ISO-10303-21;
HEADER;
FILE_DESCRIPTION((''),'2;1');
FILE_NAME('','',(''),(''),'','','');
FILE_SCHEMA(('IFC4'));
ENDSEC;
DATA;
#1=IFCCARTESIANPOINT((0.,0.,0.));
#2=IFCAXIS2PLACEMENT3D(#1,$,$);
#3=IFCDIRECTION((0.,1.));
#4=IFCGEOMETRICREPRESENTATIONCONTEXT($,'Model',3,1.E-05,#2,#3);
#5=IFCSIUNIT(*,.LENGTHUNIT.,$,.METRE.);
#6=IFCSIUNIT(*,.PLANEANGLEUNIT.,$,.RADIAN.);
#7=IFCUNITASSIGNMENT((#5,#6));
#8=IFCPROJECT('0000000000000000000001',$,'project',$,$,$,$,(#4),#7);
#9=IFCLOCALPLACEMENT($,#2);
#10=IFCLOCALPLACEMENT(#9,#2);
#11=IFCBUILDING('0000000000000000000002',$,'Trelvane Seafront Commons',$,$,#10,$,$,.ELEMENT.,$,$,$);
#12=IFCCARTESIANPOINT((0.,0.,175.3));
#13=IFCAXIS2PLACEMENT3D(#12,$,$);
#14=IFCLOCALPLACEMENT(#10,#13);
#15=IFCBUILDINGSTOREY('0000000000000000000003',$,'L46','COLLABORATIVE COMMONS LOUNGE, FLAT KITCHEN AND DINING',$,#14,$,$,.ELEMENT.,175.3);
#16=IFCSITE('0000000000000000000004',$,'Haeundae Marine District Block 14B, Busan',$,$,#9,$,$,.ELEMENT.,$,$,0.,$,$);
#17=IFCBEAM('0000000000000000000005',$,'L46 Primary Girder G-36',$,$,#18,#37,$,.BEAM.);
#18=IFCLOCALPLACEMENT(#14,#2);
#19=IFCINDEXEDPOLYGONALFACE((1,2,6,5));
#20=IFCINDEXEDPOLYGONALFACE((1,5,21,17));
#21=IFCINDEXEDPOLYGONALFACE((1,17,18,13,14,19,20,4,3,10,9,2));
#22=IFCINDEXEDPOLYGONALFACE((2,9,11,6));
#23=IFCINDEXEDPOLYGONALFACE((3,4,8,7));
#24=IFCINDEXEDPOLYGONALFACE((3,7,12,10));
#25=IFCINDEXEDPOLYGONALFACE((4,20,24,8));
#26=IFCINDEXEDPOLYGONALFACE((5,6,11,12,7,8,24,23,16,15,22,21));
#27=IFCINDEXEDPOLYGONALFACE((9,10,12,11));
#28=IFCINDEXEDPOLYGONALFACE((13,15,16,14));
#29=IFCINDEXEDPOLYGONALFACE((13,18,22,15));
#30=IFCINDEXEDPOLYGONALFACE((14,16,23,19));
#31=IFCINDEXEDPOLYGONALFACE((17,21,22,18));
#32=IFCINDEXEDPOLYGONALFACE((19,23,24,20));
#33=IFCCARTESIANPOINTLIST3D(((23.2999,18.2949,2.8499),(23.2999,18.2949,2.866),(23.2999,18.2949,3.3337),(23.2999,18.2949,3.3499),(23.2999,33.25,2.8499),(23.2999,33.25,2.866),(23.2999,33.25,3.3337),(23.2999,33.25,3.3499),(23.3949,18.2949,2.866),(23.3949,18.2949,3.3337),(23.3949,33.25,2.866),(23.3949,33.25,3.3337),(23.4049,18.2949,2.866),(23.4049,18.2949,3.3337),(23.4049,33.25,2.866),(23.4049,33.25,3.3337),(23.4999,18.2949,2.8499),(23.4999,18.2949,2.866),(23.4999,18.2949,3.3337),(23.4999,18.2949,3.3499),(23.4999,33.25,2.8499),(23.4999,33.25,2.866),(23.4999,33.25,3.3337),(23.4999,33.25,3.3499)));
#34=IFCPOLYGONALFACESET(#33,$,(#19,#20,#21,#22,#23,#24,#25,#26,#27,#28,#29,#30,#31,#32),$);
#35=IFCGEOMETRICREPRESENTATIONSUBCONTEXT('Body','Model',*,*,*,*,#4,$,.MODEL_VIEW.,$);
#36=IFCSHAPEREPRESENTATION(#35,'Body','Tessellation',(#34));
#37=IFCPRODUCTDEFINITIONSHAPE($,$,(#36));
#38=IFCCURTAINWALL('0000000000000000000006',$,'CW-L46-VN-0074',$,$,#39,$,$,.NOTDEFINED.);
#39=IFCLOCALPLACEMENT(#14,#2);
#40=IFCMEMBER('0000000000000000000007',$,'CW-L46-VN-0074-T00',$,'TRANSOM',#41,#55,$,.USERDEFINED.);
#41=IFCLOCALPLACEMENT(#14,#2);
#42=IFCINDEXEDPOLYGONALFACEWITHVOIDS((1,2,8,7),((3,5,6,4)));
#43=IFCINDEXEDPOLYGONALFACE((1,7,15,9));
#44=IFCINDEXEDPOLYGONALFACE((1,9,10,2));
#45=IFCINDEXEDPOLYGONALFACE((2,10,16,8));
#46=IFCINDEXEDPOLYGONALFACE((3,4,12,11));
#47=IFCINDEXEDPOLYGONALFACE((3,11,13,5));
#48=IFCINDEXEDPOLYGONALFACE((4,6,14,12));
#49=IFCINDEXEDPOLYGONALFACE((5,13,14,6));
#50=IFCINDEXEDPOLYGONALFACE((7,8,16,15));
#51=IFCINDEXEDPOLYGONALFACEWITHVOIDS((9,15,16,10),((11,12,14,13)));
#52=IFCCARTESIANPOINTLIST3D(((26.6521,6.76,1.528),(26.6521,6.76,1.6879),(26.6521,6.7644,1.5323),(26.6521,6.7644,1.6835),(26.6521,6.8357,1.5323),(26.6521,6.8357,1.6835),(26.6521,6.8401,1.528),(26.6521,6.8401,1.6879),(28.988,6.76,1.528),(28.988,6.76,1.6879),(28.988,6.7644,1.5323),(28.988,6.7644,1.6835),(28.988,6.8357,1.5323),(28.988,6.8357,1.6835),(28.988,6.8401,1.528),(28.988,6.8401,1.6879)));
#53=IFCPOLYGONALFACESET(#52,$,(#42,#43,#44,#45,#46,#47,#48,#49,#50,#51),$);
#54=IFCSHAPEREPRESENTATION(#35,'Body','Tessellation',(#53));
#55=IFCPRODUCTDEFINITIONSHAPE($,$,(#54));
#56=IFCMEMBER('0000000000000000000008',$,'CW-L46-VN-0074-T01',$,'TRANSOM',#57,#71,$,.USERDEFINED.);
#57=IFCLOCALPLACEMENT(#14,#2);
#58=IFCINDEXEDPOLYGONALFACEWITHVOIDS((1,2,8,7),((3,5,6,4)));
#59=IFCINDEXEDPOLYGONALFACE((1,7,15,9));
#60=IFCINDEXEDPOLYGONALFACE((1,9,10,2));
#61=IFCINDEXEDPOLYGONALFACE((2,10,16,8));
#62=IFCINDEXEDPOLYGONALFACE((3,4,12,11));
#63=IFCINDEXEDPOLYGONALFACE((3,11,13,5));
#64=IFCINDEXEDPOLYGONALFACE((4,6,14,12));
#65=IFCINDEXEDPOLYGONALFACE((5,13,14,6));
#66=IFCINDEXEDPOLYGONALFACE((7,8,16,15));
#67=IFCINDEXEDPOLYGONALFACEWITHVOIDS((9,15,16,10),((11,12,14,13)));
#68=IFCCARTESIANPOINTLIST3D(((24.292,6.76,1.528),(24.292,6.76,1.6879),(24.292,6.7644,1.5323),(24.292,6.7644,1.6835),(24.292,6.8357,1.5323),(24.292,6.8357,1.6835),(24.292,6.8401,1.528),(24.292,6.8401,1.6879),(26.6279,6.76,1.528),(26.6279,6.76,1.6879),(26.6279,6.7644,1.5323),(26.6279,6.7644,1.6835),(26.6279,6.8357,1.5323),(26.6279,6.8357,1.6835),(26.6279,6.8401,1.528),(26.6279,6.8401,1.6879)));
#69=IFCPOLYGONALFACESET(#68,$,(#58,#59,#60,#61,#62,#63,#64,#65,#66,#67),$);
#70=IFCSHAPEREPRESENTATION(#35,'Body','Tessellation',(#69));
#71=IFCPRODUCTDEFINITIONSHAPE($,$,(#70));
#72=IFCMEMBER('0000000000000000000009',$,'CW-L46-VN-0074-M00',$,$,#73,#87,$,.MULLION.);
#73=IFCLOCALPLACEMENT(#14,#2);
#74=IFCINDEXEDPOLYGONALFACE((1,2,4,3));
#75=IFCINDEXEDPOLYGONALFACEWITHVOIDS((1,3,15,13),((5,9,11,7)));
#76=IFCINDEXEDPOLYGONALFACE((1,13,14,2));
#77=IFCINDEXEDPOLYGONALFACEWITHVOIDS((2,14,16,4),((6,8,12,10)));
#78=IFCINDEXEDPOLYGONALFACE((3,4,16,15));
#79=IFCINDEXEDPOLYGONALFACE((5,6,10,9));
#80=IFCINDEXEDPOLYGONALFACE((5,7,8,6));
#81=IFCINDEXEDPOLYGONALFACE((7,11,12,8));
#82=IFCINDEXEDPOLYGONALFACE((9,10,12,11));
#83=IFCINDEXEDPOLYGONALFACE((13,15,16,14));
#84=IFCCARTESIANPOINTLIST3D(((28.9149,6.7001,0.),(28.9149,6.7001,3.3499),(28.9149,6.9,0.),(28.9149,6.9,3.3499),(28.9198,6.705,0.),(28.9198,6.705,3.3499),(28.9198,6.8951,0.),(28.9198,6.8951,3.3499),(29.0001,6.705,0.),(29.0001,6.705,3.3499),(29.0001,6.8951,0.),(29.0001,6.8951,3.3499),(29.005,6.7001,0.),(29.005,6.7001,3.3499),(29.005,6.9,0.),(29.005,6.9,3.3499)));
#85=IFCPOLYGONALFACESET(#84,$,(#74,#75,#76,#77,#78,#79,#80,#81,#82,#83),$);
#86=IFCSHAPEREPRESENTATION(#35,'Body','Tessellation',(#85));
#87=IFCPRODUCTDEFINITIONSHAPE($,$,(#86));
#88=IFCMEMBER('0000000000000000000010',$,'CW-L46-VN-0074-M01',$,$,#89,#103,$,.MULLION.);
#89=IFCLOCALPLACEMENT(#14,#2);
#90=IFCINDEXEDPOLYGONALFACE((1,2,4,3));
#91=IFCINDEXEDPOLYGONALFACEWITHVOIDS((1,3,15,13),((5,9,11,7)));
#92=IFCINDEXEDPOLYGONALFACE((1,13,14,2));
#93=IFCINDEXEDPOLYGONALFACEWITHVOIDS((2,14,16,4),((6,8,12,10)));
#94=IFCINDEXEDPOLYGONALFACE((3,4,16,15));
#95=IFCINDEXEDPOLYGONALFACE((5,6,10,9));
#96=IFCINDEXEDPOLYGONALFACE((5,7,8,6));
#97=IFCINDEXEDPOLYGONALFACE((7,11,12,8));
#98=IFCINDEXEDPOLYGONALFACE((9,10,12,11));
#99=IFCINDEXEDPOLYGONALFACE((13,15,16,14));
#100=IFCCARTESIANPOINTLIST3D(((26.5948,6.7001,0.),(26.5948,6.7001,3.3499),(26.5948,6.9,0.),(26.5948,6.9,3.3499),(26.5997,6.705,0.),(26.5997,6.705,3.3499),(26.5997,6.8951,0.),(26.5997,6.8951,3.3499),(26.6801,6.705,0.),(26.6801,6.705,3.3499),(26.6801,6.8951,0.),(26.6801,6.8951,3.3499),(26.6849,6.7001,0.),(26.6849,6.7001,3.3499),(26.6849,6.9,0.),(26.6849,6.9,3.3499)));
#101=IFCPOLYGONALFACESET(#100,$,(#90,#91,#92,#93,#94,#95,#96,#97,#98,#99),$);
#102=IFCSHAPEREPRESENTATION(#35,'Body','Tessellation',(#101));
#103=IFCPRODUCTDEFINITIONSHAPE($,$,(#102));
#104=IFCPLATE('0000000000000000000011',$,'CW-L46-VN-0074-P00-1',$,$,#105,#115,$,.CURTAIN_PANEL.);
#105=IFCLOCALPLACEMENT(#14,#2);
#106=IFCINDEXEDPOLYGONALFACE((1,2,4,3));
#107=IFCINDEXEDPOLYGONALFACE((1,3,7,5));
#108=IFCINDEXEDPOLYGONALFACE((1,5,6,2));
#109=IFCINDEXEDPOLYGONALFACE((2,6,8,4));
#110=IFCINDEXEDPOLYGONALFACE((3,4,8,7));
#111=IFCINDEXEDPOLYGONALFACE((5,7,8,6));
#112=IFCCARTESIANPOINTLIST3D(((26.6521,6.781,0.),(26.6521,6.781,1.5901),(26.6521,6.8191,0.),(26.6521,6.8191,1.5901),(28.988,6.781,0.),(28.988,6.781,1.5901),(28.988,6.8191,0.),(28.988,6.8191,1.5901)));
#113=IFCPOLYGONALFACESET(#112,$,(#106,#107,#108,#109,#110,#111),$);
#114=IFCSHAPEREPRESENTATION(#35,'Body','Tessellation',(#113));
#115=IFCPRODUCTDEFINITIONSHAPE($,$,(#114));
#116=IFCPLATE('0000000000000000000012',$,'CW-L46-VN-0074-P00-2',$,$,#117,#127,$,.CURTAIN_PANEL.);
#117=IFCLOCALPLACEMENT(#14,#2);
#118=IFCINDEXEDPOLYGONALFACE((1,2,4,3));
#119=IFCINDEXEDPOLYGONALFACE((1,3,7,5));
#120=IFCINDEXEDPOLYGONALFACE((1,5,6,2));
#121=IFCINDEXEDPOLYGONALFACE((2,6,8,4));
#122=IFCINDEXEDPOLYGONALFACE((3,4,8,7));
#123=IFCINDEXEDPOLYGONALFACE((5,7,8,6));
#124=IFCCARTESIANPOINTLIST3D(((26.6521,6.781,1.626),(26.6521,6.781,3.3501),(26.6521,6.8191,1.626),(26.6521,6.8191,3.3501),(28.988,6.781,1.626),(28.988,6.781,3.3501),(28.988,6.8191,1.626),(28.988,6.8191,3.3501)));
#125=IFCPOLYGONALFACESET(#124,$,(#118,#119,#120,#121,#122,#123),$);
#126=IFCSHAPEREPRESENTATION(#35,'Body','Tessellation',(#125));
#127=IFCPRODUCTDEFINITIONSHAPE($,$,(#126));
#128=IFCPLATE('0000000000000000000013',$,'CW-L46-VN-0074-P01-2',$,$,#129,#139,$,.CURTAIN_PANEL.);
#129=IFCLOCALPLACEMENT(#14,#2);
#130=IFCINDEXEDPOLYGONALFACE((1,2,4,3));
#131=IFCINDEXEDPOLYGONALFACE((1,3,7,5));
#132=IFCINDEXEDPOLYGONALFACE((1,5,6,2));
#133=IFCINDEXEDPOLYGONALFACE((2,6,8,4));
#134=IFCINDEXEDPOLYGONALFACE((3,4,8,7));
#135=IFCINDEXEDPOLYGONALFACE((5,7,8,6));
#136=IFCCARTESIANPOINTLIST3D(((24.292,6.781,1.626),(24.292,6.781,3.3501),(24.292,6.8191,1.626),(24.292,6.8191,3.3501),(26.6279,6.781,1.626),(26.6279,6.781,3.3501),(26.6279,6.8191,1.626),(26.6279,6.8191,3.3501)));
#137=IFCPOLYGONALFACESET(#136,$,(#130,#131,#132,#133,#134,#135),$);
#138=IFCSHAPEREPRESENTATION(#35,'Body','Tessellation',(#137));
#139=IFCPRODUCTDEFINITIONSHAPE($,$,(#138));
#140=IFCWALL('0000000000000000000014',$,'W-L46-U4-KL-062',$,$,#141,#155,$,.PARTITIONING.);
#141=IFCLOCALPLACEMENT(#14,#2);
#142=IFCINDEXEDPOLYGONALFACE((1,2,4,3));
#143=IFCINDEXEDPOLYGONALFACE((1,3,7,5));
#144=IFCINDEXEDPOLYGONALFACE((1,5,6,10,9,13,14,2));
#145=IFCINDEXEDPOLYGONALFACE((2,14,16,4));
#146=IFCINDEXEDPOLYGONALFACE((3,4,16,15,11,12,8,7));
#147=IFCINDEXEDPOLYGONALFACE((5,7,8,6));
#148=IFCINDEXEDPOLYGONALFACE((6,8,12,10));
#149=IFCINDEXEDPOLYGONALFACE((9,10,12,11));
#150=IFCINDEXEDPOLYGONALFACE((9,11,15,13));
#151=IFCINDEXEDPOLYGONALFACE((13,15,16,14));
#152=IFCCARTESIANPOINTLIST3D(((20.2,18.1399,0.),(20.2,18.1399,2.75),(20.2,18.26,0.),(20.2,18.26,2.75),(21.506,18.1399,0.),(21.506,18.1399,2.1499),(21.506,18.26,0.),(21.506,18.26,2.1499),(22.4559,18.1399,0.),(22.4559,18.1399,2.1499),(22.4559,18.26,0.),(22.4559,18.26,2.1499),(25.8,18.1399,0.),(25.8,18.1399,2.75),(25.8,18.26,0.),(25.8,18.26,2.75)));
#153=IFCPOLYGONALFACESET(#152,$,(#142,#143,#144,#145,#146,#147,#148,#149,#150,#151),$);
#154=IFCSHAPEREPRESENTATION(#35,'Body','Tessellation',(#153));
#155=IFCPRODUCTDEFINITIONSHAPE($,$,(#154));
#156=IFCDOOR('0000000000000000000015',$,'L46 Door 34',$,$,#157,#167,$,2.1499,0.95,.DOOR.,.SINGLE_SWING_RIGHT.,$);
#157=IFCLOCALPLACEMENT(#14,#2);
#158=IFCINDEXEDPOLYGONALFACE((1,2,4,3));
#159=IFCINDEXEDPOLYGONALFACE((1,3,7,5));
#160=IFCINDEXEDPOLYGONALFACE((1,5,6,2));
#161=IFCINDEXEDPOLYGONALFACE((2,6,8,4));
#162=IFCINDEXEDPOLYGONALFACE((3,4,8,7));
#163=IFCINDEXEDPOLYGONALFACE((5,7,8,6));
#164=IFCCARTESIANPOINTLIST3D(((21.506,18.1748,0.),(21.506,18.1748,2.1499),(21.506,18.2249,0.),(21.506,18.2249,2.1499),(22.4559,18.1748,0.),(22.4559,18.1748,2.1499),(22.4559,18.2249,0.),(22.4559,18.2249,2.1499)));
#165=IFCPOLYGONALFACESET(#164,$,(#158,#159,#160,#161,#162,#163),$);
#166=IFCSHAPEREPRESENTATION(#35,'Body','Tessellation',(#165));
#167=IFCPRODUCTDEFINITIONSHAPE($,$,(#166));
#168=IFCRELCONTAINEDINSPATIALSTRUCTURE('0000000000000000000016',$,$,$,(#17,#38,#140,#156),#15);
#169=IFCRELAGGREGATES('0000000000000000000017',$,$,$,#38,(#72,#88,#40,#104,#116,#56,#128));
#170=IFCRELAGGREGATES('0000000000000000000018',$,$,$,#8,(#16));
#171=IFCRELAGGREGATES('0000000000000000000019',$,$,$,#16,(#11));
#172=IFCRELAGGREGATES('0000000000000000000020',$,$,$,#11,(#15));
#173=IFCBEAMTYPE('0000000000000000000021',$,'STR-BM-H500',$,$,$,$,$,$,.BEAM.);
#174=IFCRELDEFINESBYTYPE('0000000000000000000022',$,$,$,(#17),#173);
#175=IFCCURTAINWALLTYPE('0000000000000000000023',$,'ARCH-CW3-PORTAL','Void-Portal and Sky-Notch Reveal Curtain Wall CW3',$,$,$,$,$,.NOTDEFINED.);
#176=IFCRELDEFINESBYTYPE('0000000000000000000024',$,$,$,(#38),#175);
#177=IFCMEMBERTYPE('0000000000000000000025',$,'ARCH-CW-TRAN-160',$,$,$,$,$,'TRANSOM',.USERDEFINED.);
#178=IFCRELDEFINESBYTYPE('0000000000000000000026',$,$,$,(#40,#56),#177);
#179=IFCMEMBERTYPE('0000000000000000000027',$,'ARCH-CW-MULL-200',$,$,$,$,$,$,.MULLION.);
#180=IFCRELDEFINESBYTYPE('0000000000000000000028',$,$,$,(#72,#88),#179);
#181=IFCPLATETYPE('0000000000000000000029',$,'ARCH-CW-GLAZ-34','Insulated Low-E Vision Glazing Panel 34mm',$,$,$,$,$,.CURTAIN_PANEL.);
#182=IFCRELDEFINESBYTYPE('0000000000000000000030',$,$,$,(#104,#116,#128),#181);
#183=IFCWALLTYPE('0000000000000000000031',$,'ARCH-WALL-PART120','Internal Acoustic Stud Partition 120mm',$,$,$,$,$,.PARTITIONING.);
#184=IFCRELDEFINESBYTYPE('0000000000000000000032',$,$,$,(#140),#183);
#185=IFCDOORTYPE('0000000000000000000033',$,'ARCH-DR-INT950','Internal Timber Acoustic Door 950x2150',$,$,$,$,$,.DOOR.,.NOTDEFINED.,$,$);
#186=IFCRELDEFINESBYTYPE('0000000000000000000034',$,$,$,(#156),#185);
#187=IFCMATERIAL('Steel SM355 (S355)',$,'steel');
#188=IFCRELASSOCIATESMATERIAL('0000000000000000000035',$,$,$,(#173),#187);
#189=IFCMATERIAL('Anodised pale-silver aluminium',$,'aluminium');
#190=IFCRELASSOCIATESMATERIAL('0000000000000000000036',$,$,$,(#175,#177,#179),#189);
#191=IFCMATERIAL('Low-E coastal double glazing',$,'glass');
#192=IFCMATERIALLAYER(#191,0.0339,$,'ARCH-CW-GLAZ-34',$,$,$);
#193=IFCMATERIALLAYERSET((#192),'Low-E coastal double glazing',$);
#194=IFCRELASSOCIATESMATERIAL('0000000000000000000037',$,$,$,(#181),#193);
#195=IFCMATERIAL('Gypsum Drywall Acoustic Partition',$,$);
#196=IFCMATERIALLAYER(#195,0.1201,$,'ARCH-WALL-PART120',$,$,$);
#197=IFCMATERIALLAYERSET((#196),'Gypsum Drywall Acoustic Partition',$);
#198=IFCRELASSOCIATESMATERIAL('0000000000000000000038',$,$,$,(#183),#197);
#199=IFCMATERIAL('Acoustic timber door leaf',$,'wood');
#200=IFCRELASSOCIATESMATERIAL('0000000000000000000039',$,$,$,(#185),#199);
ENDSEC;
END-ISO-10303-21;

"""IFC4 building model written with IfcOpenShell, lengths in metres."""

from ifc_helpers import new_model, si_unit, direction, frame, frame_2d, origin, origin_2d, place, context, subcontext, project, spatial, rectangle, hollow_rectangle, i_section, extrude, source, transform, mapped, material, layer, layer_set, material_profile, profile_set, type_object, element, fill, aggregate, save


model = new_model("IFC4")

# Units and contexts
model_context = context("Model", 3, precision=1e-05, world=origin(), true_north=direction((0.0, 1.0)))
body_context = subcontext(model_context, "Body", "Model", "MODEL_VIEW")
ifc_project = project(units=[si_unit("LENGTHUNIT", "METRE"), si_unit("PLANEANGLEUNIT", "RADIAN")], contexts=[model_context])

# Site, building, storey
site_placement = place(None, origin())
site = spatial("IfcSite", under=ifc_project, at=site_placement, Name="Haeundae Marine District Block 14B, Busan", CompositionType="ELEMENT", RefElevation=0.0)
building_placement = place(site_placement, origin())
building = spatial("IfcBuilding", under=site, at=building_placement, Name="Trelvane Seafront Commons", CompositionType="ELEMENT")
storey_placement = place(building_placement, frame((0.0, 0.0, 175.3)))
storey = spatial("IfcBuildingStorey", under=building, at=storey_placement, Name="L46", Description="COLLABORATIVE COMMONS LOUNGE, FLAT KITCHEN AND DINING", CompositionType="ELEMENT", Elevation=175.3)

# Shared definitions
ifc_material_1 = material(Name="Steel SM355 (S355)", Category="steel")

# Beam
ifc_material_profile_1 = material_profile(ifc_material_1, i_section(OverallWidth=0.2, OverallDepth=0.5, WebThickness=0.01, FlangeThickness=0.0161, at=origin_2d()), Name="H-500x200x10x16")
ifc_profile_set_1 = profile_set([ifc_material_profile_1], Name="Steel SM355 (S355)")
beam_type_1 = type_object("IfcBeamType", Name="STR-BM-H500", PredefinedType="BEAM", material=ifc_profile_set_1)
shared_shape_1 = source(origin(), body_context, "Body", "SweptSolid", [
    extrude(i_section(OverallWidth=0.2, OverallDepth=0.5, WebThickness=0.01, FlangeThickness=0.0161, at=origin_2d()), origin(), (0.0, 0.0, 1.0), 14.9551),
])
beam_1_placement = place(storey_placement, frame((23.3999, 18.2949, 3.0999), z_axis=(0.0, 1.0, 0.0), x_axis=(-1.0, 0.0, 0.0)))
element("IfcBeam", 1, at=beam_1_placement, inside=storey, type_object=beam_type_1, Name="L46 Primary Girder G-36", PredefinedType="BEAM", context=body_context, shape_type="MappedRepresentation", body=[
    mapped(shared_shape_1, transform((0.0, 0.0, 0.0), x_axis=(1.0, 0.0, 0.0), y_axis=(0.0, 1.0, 0.0), z_axis=(0.0, 0.0, 1.0), scale=1.0)),
])

# Curtain wall, members, plates
ifc_material_2 = material(Name="Anodised pale-silver aluminium", Category="aluminium")
curtain_wall_type = type_object("IfcCurtainWallType", Name="ARCH-CW3-PORTAL", Description="Void-Portal and Sky-Notch Reveal Curtain Wall CW3", PredefinedType="NOTDEFINED", material=ifc_material_2)
curtain_wall_placement = place(storey_placement, origin())
curtain_wall = element("IfcCurtainWall", 2, at=curtain_wall_placement, inside=storey, type_object=curtain_wall_type, Name="CW-L46-VN-0074", PredefinedType="NOTDEFINED")
ifc_material_profile_2 = material_profile(ifc_material_2, hollow_rectangle(XDim=0.0801, YDim=0.1599, WallThickness=0.0044, at=origin_2d()), Name="TRAN-80x160x4.5")
ifc_profile_set_2 = profile_set([ifc_material_profile_2], Name="Anodised pale-silver aluminium")
member_type_1 = type_object("IfcMemberType", Name="ARCH-CW-TRAN-160", ElementType="TRANSOM", PredefinedType="USERDEFINED", material=ifc_profile_set_2)
shared_shape_2 = source(origin(), body_context, "Body", "SweptSolid", [
    extrude(hollow_rectangle(XDim=0.0801, YDim=0.1599, WallThickness=0.0044, at=origin_2d()), origin(), (0.0, 0.0, 1.0), 2.3359),
])
member_1_placement = place(storey_placement, frame((28.988, 6.8, 1.6079), z_axis=(-1.0, 0.0, 0.0), x_axis=(0.0, -1.0, 0.0)))
member_1 = element("IfcMember", 3, at=member_1_placement, type_object=member_type_1, Name="CW-L46-VN-0074-T00", ObjectType="TRANSOM", PredefinedType="USERDEFINED", context=body_context, shape_type="MappedRepresentation", body=[
    mapped(shared_shape_2, transform((0.0, 0.0, 0.0), x_axis=(1.0, 0.0, 0.0), y_axis=(0.0, 1.0, 0.0), z_axis=(0.0, 0.0, 1.0), scale=1.0)),
])
member_2_placement = place(storey_placement, frame((26.6279, 6.8, 1.6079), z_axis=(-1.0, 0.0, 0.0), x_axis=(0.0, -1.0, 0.0)))
member_2 = element("IfcMember", 4, at=member_2_placement, type_object=member_type_1, Name="CW-L46-VN-0074-T01", ObjectType="TRANSOM", PredefinedType="USERDEFINED", context=body_context, shape_type="MappedRepresentation", body=[
    mapped(shared_shape_2, transform((0.0, 0.0, 0.0), x_axis=(1.0, 0.0, 0.0), y_axis=(0.0, 1.0, 0.0), z_axis=(0.0, 0.0, 1.0), scale=1.0)),
])
ifc_material_profile_3 = material_profile(ifc_material_2, hollow_rectangle(XDim=0.0901, YDim=0.2, WallThickness=0.0049, at=origin_2d()), Name="MULL-90x200x5")
ifc_profile_set_3 = profile_set([ifc_material_profile_3], Name="Anodised pale-silver aluminium")
member_type_2 = type_object("IfcMemberType", Name="ARCH-CW-MULL-200", PredefinedType="MULLION", material=ifc_profile_set_3)
shared_shape_3 = source(origin(), body_context, "Body", "SweptSolid", [
    extrude(hollow_rectangle(XDim=0.0901, YDim=0.2, WallThickness=0.0049, at=origin_2d()), origin(), (0.0, 0.0, 1.0), 3.3499),
])
member_3_placement = place(storey_placement, frame((28.96, 6.8, 0.0), z_axis=(0.0, 0.0, 1.0), x_axis=(1.0, 0.0, 0.0)))
member_3 = element("IfcMember", 5, at=member_3_placement, type_object=member_type_2, Name="CW-L46-VN-0074-M00", PredefinedType="MULLION", context=body_context, shape_type="MappedRepresentation", body=[
    mapped(shared_shape_3, transform((0.0, 0.0, 0.0), x_axis=(1.0, 0.0, 0.0), y_axis=(0.0, 1.0, 0.0), z_axis=(0.0, 0.0, 1.0), scale=1.0)),
])
member_4_placement = place(storey_placement, frame((26.6399, 6.8, 0.0), z_axis=(0.0, 0.0, 1.0), x_axis=(1.0, 0.0, 0.0)))
member_4 = element("IfcMember", 6, at=member_4_placement, type_object=member_type_2, Name="CW-L46-VN-0074-M01", PredefinedType="MULLION", context=body_context, shape_type="MappedRepresentation", body=[
    mapped(shared_shape_3, transform((0.0, 0.0, 0.0), x_axis=(1.0, 0.0, 0.0), y_axis=(0.0, 1.0, 0.0), z_axis=(0.0, 0.0, 1.0), scale=1.0)),
])
ifc_material_3 = material(Name="Low-E coastal double glazing", Category="glass")
ifc_layer_1 = layer(ifc_material_3, 0.0339, Name="ARCH-CW-GLAZ-34")
ifc_layer_set_1 = layer_set([ifc_layer_1], Name="Low-E coastal double glazing")
plate_type = type_object("IfcPlateType", Name="ARCH-CW-GLAZ-34", Description="Insulated Low-E Vision Glazing Panel 34mm", PredefinedType="CURTAIN_PANEL", material=ifc_layer_set_1)
shared_shape_4 = source(origin(), body_context, "Body", "SweptSolid", [
    extrude(rectangle(XDim=2.3359, YDim=0.0381, at=origin_2d()), origin(), (0.0, 0.0, 1.0), 1.5901),
])
plate_1_placement = place(storey_placement, frame((27.8201, 6.8, 0.0), z_axis=(0.0, 0.0, 1.0), x_axis=(-1.0, 0.0, 0.0)))
plate_1 = element("IfcPlate", 7, at=plate_1_placement, type_object=plate_type, Name="CW-L46-VN-0074-P00-1", PredefinedType="CURTAIN_PANEL", context=body_context, shape_type="MappedRepresentation", body=[
    mapped(shared_shape_4, transform((0.0, 0.0, 0.0), x_axis=(1.0, 0.0, 0.0), y_axis=(0.0, 1.0, 0.0), z_axis=(0.0, 0.0, 1.0), scale=1.0)),
])
shared_shape_5 = source(origin(), body_context, "Body", "SweptSolid", [
    extrude(rectangle(XDim=2.3359, YDim=0.0381, at=origin_2d()), origin(), (0.0, 0.0, 1.0), 1.7241),
])
plate_2_placement = place(storey_placement, frame((27.8201, 6.8, 1.626), z_axis=(0.0, 0.0, 1.0), x_axis=(-1.0, 0.0, 0.0)))
plate_2 = element("IfcPlate", 8, at=plate_2_placement, type_object=plate_type, Name="CW-L46-VN-0074-P00-2", PredefinedType="CURTAIN_PANEL", context=body_context, shape_type="MappedRepresentation", body=[
    mapped(shared_shape_5, transform((0.0, 0.0, 0.0), x_axis=(1.0, 0.0, 0.0), y_axis=(0.0, 1.0, 0.0), z_axis=(0.0, 0.0, 1.0), scale=1.0)),
])
plate_3_placement = place(storey_placement, frame((25.46, 6.8, 1.626), z_axis=(0.0, 0.0, 1.0), x_axis=(-1.0, 0.0, 0.0)))
plate_3 = element("IfcPlate", 9, at=plate_3_placement, type_object=plate_type, Name="CW-L46-VN-0074-P01-2", PredefinedType="CURTAIN_PANEL", context=body_context, shape_type="MappedRepresentation", body=[
    mapped(shared_shape_5, transform((0.0, 0.0, 0.0), x_axis=(1.0, 0.0, 0.0), y_axis=(0.0, 1.0, 0.0), z_axis=(0.0, 0.0, 1.0), scale=1.0)),
])
aggregate(curtain_wall, [member_3, member_4, member_1, plate_1, plate_2, member_2, plate_3])

# Wall, opening, door
ifc_material_4 = material(Name="Gypsum Drywall Acoustic Partition")
ifc_layer_2 = layer(ifc_material_4, 0.1201, Name="ARCH-WALL-PART120")
ifc_layer_set_2 = layer_set([ifc_layer_2], Name="Gypsum Drywall Acoustic Partition")
wall_type_1 = type_object("IfcWallType", Name="ARCH-WALL-PART120", Description="Internal Acoustic Stud Partition 120mm", PredefinedType="PARTITIONING", material=ifc_layer_set_2)
wall_1_placement = place(storey_placement, frame((20.2, 18.2, 0.0), z_axis=(0.0, 0.0, 1.0), x_axis=(1.0, 0.0, 0.0)))
wall_1 = element("IfcWall", 10, at=wall_1_placement, inside=storey, type_object=wall_type_1, Name="W-L46-U4-KL-062", PredefinedType="PARTITIONING", context=body_context, shape_type="SweptSolid", body=[
    extrude(rectangle(XDim=5.6001, YDim=0.1201, at=frame_2d((2.8, 0.0))), origin(), (0.0, 0.0, 1.0), 2.75),
])
opening_1_placement = place(wall_1_placement, frame((1.3059, 0.0, 0.0)))
opening_1 = element("IfcOpeningElement", 11, at=opening_1_placement, cuts=wall_1, PredefinedType="OPENING", context=body_context, shape_type="SweptSolid", body=[
    extrude(rectangle(XDim=0.95, YDim=2.1499, at=frame_2d((0.4751, 1.075))), frame((0.0, 0.0701, 0.0), z_axis=(0.0, -1.0, 0.0), x_axis=(1.0, 0.0, 0.0)), (0.0, 0.0, 1.0), 0.1401),
])
ifc_material_5 = material(Name="Acoustic timber door leaf", Category="wood")
door_type = type_object("IfcDoorType", Name="ARCH-DR-INT950", Description="Internal Timber Acoustic Door 950x2150", OperationType="NOTDEFINED", PredefinedType="DOOR", material=ifc_material_5)
shared_shape_6 = source(origin(), body_context, "Body", "SweptSolid", [
    extrude(rectangle(XDim=0.95, YDim=2.1499, at=frame_2d((0.4751, 1.075))), frame((0.0, 0.0249, 0.0), z_axis=(0.0, -1.0, 0.0), x_axis=(1.0, 0.0, 0.0)), (0.0, 0.0, 1.0), 0.05),
])
door_1_placement = place(opening_1_placement, origin())
door_1 = element("IfcDoor", 12, at=door_1_placement, inside=storey, type_object=door_type, Name="L46 Door 34", OperationType="SINGLE_SWING_RIGHT", OverallHeight=2.1499, OverallWidth=0.95, PredefinedType="DOOR", context=body_context, shape_type="MappedRepresentation", body=[
    mapped(shared_shape_6, transform((0.0, 0.0, 0.0), x_axis=(1.0, 0.0, 0.0), y_axis=(0.0, 1.0, 0.0), z_axis=(0.0, 0.0, 1.0), scale=1.0)),
])
fill(opening_1, door_1)

save(model, "model.ifc")
